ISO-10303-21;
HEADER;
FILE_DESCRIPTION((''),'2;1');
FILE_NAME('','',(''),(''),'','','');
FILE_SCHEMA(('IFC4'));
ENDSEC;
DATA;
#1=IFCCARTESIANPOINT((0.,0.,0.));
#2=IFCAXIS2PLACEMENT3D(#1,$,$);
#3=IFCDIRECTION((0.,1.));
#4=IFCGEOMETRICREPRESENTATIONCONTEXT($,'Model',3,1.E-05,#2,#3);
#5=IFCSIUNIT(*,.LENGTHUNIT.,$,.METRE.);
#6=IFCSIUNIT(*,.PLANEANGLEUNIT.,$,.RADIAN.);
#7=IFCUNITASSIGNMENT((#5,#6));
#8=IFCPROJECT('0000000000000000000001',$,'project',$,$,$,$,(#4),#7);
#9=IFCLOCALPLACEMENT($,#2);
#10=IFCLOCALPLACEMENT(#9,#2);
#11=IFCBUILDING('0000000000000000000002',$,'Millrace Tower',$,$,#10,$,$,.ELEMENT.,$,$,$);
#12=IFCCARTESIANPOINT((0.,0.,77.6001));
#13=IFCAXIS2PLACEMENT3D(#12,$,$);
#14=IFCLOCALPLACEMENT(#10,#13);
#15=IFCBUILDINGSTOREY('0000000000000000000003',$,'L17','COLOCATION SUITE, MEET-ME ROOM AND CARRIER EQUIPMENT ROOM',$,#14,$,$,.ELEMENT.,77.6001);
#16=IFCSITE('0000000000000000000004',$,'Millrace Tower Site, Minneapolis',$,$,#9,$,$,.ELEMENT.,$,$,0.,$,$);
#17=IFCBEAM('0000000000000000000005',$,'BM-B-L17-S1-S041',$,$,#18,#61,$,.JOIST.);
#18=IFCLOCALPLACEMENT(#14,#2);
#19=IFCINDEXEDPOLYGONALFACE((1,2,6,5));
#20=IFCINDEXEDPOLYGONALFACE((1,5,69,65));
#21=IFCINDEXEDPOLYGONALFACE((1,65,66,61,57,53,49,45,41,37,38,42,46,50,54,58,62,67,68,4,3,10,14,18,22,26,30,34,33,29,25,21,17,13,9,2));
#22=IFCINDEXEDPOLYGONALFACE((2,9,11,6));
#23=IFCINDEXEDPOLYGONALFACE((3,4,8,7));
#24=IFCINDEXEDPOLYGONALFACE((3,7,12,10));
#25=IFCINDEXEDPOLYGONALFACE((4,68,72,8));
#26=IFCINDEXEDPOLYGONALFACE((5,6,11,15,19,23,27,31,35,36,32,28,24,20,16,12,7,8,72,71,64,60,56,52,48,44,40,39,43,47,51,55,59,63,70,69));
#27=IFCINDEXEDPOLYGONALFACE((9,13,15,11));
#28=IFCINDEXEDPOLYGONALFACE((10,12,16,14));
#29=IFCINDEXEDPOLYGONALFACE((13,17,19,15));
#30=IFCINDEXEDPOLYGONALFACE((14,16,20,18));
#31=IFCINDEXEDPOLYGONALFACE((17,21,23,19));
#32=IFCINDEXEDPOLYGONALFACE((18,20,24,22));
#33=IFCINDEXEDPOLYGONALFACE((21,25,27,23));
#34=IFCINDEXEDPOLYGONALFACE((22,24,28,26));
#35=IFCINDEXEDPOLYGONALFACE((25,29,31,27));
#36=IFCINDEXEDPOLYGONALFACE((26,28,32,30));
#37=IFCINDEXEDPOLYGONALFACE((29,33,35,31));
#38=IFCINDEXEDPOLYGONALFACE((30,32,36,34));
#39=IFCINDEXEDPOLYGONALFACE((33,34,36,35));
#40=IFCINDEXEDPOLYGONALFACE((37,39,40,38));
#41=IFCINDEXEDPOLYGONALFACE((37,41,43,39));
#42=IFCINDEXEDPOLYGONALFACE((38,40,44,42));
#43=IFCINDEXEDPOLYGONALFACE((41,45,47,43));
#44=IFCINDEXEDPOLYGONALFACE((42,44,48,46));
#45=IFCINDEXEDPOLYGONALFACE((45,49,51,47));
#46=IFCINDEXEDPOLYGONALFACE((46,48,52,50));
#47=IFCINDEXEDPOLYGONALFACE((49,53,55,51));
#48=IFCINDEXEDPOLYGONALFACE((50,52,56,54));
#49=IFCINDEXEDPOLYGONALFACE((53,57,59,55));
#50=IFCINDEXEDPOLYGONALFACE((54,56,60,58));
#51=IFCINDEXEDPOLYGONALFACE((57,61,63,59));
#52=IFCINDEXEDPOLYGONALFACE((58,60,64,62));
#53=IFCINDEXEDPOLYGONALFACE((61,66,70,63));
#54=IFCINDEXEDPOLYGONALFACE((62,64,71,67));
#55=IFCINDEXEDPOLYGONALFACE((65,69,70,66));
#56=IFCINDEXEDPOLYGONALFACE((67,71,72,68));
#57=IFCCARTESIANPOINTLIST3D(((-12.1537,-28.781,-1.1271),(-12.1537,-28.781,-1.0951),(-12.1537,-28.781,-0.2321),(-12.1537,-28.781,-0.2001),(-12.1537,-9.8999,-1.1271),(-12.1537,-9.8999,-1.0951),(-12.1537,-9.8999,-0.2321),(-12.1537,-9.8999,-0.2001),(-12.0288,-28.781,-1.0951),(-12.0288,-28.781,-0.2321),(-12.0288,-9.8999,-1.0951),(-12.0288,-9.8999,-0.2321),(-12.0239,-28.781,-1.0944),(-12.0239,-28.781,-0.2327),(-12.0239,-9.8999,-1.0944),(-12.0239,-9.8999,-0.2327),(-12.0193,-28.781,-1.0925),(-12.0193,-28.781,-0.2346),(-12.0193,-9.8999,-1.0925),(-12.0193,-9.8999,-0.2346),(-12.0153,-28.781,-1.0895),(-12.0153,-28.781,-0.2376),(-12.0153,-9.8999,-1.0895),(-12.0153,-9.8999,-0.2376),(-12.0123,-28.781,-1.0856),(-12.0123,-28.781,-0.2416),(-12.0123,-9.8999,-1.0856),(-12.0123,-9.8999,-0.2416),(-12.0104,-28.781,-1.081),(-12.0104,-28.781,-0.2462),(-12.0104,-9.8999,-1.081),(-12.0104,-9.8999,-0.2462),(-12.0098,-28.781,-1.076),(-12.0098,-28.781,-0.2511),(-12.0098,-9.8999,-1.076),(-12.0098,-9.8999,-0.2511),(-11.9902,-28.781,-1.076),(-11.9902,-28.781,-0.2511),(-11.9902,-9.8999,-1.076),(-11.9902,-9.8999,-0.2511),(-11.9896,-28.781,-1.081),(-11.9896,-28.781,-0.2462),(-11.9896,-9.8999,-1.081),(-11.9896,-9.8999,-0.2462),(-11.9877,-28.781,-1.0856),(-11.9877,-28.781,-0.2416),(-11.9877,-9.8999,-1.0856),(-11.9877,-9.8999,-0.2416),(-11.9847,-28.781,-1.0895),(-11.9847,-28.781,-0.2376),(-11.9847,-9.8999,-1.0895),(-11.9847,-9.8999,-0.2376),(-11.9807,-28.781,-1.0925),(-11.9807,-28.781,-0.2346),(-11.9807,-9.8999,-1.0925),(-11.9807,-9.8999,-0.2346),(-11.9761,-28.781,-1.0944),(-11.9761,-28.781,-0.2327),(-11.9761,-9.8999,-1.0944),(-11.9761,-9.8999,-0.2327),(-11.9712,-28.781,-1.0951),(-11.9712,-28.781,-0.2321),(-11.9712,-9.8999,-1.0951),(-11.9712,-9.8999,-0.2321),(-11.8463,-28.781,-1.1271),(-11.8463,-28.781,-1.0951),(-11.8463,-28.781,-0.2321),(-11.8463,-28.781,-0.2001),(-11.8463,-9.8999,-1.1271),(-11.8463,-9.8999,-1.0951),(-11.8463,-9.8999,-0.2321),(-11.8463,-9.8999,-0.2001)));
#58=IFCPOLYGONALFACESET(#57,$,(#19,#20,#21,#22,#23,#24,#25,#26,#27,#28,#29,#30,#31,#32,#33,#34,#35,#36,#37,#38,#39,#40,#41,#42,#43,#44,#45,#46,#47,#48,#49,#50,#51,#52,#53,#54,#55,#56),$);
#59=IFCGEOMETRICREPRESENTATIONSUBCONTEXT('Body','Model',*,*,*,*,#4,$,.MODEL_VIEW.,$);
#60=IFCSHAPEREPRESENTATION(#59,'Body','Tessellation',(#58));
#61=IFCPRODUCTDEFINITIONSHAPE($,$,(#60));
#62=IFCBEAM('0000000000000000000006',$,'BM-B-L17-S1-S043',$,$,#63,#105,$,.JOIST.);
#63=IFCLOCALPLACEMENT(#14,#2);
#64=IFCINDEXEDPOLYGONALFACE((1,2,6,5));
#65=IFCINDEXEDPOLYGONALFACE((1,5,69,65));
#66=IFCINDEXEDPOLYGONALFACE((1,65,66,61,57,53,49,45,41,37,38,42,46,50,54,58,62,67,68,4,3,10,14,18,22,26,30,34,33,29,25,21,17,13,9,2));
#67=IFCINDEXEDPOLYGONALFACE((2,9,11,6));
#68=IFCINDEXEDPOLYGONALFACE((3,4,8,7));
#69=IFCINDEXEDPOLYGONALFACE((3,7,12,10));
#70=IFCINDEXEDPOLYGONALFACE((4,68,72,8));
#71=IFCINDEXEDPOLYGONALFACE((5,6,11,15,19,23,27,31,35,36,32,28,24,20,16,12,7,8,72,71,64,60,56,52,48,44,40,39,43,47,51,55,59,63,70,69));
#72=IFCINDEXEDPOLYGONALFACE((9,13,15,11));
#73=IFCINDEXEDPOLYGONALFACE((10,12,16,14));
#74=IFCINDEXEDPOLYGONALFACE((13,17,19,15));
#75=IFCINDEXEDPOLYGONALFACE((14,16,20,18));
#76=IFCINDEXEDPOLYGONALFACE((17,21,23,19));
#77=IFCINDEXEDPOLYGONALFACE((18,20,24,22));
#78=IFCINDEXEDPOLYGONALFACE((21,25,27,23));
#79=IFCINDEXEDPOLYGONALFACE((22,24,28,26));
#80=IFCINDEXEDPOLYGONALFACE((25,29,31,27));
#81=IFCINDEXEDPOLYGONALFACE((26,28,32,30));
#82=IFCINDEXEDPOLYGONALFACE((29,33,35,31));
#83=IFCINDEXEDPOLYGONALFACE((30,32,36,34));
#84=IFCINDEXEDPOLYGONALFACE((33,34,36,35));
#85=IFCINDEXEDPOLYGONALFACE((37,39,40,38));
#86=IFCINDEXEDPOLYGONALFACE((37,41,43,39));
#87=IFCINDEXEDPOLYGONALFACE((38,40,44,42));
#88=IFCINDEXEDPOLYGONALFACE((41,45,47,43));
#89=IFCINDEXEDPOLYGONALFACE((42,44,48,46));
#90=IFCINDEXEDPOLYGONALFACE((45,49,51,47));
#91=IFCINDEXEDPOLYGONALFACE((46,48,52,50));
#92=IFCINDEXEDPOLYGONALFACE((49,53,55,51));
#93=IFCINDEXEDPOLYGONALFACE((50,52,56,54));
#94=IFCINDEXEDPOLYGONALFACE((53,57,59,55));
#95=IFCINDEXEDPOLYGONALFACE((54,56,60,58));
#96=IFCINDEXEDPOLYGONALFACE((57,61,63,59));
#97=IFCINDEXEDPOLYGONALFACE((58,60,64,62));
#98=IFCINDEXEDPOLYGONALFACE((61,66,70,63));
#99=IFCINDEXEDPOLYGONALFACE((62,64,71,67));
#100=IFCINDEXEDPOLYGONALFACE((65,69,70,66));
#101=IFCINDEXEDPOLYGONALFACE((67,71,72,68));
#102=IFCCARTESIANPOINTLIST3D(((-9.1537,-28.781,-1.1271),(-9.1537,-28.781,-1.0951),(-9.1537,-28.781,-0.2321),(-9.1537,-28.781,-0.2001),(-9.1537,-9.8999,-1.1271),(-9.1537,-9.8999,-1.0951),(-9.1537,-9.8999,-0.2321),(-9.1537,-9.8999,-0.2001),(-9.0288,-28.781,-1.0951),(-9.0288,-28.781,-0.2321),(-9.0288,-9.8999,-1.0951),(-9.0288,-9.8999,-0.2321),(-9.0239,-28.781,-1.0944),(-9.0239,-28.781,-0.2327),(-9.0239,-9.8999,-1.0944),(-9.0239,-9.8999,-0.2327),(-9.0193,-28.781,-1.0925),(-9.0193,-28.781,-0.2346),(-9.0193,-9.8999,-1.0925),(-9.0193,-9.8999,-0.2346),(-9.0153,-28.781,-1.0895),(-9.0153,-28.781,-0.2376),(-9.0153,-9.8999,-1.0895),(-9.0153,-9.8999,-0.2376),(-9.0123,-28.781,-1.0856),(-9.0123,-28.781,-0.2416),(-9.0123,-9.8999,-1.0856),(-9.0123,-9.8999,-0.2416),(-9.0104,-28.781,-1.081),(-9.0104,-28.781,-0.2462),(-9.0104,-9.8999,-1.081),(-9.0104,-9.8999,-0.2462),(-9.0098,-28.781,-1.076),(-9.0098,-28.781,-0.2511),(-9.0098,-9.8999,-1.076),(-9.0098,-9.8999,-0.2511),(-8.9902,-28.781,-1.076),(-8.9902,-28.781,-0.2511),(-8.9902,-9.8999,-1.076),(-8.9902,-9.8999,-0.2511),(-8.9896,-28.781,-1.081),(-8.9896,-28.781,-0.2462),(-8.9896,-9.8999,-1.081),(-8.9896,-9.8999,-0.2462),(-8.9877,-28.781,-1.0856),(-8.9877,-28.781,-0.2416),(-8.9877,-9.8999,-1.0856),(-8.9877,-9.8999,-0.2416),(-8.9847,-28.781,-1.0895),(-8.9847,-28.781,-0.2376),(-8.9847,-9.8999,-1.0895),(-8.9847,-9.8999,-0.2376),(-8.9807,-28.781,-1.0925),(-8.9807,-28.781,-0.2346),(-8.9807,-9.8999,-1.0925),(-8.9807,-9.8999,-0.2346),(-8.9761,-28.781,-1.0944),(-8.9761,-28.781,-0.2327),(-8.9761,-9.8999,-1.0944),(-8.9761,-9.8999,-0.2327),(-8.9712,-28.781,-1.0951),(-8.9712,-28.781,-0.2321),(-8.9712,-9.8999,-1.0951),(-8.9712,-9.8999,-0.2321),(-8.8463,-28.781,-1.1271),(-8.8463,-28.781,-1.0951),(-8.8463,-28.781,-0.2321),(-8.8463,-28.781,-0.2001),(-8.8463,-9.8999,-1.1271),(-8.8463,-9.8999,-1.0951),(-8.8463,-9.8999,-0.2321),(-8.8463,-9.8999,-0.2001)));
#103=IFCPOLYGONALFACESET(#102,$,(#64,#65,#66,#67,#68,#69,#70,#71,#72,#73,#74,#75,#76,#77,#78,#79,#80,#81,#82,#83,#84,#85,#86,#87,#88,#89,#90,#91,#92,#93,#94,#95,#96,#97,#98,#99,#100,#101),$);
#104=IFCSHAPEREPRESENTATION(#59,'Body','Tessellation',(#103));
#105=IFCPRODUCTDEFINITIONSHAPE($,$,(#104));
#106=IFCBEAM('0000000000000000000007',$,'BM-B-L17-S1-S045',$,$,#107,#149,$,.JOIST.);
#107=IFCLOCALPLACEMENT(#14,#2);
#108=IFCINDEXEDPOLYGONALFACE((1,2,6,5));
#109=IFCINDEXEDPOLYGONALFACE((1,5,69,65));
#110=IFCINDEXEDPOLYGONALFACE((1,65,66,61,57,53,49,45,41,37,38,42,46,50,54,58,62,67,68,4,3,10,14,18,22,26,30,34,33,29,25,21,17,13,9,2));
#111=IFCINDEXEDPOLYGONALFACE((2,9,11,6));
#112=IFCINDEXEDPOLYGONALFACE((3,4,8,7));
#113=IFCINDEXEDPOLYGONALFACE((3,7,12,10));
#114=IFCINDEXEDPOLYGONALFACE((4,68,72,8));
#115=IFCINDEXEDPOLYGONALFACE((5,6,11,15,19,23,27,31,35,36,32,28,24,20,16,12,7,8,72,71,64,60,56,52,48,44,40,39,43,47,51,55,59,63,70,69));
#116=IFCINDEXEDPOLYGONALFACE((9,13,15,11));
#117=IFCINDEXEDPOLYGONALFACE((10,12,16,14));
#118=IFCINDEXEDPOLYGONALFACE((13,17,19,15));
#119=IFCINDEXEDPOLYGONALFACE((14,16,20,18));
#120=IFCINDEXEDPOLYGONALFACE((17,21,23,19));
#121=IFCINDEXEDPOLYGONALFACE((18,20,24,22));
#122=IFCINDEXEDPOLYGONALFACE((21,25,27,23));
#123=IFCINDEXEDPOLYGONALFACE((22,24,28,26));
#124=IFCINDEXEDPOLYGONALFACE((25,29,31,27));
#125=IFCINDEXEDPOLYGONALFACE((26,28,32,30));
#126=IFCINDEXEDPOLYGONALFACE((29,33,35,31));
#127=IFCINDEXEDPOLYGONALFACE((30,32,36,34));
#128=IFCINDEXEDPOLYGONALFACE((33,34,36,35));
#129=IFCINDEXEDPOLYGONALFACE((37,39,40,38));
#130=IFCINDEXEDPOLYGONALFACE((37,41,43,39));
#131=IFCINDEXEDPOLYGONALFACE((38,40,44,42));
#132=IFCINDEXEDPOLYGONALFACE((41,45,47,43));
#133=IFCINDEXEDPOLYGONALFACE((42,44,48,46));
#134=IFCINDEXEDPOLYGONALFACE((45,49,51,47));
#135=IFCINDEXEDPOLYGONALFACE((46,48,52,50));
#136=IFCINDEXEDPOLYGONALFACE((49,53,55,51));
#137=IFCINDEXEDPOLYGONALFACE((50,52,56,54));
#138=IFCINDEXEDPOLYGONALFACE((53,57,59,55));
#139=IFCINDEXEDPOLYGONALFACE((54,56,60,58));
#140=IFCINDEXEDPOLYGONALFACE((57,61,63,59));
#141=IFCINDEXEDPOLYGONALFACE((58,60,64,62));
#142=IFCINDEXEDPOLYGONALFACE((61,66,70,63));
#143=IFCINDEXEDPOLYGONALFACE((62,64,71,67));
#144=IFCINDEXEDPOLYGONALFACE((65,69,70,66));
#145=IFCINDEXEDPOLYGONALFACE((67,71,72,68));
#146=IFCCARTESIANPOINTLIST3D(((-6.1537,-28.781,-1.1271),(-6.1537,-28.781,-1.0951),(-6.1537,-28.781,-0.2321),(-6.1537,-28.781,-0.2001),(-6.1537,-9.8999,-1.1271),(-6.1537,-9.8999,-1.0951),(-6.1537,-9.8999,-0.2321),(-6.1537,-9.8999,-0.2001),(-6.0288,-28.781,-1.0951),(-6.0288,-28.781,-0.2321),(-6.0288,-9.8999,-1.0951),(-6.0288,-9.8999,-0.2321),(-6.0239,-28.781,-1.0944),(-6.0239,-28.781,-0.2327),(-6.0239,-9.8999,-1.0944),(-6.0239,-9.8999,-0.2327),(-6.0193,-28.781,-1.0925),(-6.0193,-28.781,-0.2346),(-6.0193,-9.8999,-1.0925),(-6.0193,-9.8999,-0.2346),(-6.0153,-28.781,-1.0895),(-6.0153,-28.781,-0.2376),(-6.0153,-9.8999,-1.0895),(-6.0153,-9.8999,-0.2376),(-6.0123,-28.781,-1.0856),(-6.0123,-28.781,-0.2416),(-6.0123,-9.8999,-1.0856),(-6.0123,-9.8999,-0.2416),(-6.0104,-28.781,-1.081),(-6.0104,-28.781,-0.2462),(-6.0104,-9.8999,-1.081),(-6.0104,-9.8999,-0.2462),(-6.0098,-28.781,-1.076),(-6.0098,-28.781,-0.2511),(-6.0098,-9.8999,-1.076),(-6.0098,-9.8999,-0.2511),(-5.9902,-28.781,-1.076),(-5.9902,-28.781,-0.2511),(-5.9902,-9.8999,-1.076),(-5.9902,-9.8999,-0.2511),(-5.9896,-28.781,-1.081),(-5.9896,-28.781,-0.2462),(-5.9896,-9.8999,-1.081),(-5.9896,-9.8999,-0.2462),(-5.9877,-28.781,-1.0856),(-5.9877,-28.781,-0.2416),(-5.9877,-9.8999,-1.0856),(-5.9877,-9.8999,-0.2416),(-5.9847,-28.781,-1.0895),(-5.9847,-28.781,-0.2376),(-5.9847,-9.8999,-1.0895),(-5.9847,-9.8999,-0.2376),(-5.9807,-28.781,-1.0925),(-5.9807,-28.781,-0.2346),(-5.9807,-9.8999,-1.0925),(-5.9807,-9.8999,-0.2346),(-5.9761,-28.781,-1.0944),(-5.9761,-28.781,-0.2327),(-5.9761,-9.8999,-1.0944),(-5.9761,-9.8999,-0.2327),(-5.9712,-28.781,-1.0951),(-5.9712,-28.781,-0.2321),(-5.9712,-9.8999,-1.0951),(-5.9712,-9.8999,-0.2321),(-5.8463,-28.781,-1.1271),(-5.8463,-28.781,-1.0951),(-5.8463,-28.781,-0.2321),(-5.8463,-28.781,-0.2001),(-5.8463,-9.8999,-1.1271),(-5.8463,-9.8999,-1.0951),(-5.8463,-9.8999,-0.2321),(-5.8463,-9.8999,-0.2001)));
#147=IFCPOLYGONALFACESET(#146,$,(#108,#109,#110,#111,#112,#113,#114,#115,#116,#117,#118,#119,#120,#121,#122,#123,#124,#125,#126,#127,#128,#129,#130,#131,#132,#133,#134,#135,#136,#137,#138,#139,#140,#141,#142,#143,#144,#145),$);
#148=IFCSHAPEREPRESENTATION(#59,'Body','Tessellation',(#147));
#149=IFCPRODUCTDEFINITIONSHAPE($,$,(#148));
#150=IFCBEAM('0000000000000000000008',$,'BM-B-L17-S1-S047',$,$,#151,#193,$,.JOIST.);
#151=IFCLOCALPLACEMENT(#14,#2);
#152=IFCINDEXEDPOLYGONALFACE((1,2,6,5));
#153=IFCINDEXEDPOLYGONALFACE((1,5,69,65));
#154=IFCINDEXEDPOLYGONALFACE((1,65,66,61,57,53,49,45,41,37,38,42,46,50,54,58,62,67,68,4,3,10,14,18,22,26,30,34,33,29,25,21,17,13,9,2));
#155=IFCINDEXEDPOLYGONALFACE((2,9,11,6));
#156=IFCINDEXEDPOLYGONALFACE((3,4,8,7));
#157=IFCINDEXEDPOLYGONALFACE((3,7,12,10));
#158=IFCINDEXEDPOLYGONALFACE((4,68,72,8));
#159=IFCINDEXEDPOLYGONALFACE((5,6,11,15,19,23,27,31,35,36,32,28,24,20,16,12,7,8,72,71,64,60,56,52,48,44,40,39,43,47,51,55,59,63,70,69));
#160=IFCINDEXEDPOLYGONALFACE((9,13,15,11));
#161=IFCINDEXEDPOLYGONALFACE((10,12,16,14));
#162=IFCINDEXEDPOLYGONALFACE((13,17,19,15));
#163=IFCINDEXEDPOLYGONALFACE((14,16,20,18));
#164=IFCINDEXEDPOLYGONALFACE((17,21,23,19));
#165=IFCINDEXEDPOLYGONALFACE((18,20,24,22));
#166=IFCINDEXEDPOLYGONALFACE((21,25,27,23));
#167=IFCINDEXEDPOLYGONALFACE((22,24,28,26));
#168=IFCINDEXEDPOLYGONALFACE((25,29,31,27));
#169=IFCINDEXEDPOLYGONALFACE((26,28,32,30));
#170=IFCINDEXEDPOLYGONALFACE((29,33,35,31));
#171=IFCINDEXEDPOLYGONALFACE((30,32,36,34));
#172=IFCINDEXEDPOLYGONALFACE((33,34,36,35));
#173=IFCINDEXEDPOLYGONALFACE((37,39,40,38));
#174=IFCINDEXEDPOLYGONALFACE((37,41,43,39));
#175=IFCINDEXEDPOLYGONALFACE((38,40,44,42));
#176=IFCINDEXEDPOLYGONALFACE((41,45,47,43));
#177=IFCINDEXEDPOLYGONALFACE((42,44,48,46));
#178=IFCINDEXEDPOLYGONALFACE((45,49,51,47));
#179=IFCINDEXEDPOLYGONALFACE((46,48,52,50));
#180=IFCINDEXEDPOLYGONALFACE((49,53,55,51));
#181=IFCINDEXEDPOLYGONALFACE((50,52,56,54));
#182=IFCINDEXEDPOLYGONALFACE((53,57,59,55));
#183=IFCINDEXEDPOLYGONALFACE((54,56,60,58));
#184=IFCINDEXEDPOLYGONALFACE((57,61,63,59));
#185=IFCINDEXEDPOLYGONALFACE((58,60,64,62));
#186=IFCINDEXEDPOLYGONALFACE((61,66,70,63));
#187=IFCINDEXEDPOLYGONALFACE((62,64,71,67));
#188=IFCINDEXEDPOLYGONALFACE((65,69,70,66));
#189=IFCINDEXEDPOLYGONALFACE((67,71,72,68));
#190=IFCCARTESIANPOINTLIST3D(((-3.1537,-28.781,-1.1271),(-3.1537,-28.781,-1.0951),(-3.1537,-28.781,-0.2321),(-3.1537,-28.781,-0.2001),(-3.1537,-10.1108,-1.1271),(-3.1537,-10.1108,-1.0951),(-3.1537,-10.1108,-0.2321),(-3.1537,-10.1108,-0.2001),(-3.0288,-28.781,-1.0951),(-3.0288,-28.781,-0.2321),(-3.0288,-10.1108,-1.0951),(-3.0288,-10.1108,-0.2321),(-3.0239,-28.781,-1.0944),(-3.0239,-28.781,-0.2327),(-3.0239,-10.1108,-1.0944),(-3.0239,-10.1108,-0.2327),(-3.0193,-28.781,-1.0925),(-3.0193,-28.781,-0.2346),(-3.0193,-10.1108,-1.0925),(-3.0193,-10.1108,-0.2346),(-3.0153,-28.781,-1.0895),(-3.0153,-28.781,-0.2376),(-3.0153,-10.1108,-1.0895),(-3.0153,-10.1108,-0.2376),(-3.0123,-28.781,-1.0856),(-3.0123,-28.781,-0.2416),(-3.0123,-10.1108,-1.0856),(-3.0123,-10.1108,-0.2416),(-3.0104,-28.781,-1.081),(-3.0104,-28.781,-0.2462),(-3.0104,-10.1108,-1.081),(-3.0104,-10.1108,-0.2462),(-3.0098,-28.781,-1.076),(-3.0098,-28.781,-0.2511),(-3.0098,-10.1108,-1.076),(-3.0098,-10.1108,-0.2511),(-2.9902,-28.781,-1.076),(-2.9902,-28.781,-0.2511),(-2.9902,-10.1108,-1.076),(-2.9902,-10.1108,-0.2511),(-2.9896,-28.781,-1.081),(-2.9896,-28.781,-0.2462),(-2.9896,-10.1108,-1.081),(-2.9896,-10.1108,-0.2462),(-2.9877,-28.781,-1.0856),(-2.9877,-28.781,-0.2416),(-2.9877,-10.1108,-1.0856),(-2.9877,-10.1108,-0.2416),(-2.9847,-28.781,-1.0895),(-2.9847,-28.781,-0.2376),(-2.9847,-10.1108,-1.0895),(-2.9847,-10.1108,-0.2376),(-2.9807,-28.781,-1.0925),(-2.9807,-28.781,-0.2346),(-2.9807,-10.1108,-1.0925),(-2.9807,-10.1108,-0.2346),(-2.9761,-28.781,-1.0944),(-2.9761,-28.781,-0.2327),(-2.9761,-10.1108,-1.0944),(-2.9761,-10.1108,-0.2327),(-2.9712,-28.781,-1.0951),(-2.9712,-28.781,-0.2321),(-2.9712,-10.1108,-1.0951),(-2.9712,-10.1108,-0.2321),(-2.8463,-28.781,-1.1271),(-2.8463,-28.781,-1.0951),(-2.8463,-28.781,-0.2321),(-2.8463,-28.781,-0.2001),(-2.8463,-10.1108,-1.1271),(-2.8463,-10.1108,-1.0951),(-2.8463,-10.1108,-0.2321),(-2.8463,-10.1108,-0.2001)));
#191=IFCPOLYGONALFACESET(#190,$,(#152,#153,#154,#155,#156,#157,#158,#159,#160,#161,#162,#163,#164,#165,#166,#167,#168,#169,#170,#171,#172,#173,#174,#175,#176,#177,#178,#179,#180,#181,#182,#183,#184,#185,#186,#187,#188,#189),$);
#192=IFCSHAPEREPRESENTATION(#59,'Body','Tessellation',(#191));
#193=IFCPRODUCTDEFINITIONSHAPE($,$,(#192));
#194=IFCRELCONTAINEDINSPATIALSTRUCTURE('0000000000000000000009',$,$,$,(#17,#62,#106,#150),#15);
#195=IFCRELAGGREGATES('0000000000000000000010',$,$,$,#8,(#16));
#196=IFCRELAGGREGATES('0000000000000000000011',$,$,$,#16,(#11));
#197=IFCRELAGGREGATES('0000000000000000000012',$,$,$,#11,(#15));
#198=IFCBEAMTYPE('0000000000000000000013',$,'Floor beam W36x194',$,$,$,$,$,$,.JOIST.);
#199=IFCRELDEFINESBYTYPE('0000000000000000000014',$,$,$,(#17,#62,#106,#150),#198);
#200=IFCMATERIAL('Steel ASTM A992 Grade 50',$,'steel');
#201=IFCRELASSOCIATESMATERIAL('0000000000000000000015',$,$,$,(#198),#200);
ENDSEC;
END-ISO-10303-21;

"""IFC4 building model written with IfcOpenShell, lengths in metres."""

from ifc_helpers import new_model, si_unit, direction, frame, origin, origin_2d, place, context, subcontext, project, spatial, i_section, extrude, material, material_profile, profile_set, type_object, element, save


model = new_model("IFC4")

# Units and contexts
model_context = context("Model", 3, precision=1e-05, world=origin(), true_north=direction((0.0, 1.0)))
body_context = subcontext(model_context, "Body", "Model", "MODEL_VIEW")
ifc_project = project(units=[si_unit("LENGTHUNIT", "METRE"), si_unit("PLANEANGLEUNIT", "RADIAN")], contexts=[model_context])

# Site, building, storey
site_placement = place(None, origin())
site = spatial("IfcSite", under=ifc_project, at=site_placement, Name="Millrace Tower Site, Minneapolis", CompositionType="ELEMENT", RefElevation=0.0)
building_placement = place(site_placement, origin())
building = spatial("IfcBuilding", under=site, at=building_placement, Name="Millrace Tower", CompositionType="ELEMENT")
storey_placement = place(building_placement, frame((0.0, 0.0, 77.6001)))
storey = spatial("IfcBuildingStorey", under=building, at=storey_placement, Name="L17", Description="COLOCATION SUITE, MEET-ME ROOM AND CARRIER EQUIPMENT ROOM", CompositionType="ELEMENT", Elevation=77.6001)

# Beams
ifc_material_1 = material(Name="Steel ASTM A992 Grade 50", Category="steel")
ifc_material_profile_1 = material_profile(ifc_material_1, i_section(OverallWidth=0.3074, OverallDepth=0.927, WebThickness=0.0195, FlangeThickness=0.032, FilletRadius=0.019, at=origin_2d()))
ifc_profile_set_1 = profile_set([ifc_material_profile_1], Name="Steel ASTM A992 Grade 50")
beam_type_1 = type_object("IfcBeamType", Name="Floor beam W36x194", PredefinedType="JOIST", material=ifc_profile_set_1)
for number, where, z_axis, x_axis, name in (
    (1, (-12.0, -28.781, -0.6636), (0.0, 1.0, 0.0), (-1.0, 0.0, 0.0), "BM-B-L17-S1-S041"),
    (2, (-9.0, -28.781, -0.6636), (0.0, 1.0, 0.0), (-1.0, 0.0, 0.0), "BM-B-L17-S1-S043"),
    (3, (-6.0, -28.781, -0.6636), (0.0, 1.0, 0.0), (-1.0, 0.0, 0.0), "BM-B-L17-S1-S045"),
):
    element("IfcBeam", number, at=place(storey_placement, frame(where, z_axis=z_axis, x_axis=x_axis)), inside=storey, type_object=beam_type_1, Name=name, PredefinedType="JOIST", context=body_context, shape_type="SweptSolid", body=[
        extrude(i_section(OverallWidth=0.3074, OverallDepth=0.927, WebThickness=0.0195, FlangeThickness=0.032, FilletRadius=0.019, at=origin_2d()), origin(), (0.0, 0.0, 1.0), 18.8811),
    ])
for number, where, z_axis, x_axis, name in (
    (4, (-3.0, -28.781, -0.6636), (0.0, 1.0, 0.0), (-1.0, 0.0, 0.0), "BM-B-L17-S1-S047"),
):
    element("IfcBeam", number, at=place(storey_placement, frame(where, z_axis=z_axis, x_axis=x_axis)), inside=storey, type_object=beam_type_1, Name=name, PredefinedType="JOIST", context=body_context, shape_type="SweptSolid", body=[
        extrude(i_section(OverallWidth=0.3074, OverallDepth=0.927, WebThickness=0.0195, FlangeThickness=0.032, FilletRadius=0.019, at=origin_2d()), origin(), (0.0, 0.0, 1.0), 18.6702),
    ])

save(model, "model.ifc")
